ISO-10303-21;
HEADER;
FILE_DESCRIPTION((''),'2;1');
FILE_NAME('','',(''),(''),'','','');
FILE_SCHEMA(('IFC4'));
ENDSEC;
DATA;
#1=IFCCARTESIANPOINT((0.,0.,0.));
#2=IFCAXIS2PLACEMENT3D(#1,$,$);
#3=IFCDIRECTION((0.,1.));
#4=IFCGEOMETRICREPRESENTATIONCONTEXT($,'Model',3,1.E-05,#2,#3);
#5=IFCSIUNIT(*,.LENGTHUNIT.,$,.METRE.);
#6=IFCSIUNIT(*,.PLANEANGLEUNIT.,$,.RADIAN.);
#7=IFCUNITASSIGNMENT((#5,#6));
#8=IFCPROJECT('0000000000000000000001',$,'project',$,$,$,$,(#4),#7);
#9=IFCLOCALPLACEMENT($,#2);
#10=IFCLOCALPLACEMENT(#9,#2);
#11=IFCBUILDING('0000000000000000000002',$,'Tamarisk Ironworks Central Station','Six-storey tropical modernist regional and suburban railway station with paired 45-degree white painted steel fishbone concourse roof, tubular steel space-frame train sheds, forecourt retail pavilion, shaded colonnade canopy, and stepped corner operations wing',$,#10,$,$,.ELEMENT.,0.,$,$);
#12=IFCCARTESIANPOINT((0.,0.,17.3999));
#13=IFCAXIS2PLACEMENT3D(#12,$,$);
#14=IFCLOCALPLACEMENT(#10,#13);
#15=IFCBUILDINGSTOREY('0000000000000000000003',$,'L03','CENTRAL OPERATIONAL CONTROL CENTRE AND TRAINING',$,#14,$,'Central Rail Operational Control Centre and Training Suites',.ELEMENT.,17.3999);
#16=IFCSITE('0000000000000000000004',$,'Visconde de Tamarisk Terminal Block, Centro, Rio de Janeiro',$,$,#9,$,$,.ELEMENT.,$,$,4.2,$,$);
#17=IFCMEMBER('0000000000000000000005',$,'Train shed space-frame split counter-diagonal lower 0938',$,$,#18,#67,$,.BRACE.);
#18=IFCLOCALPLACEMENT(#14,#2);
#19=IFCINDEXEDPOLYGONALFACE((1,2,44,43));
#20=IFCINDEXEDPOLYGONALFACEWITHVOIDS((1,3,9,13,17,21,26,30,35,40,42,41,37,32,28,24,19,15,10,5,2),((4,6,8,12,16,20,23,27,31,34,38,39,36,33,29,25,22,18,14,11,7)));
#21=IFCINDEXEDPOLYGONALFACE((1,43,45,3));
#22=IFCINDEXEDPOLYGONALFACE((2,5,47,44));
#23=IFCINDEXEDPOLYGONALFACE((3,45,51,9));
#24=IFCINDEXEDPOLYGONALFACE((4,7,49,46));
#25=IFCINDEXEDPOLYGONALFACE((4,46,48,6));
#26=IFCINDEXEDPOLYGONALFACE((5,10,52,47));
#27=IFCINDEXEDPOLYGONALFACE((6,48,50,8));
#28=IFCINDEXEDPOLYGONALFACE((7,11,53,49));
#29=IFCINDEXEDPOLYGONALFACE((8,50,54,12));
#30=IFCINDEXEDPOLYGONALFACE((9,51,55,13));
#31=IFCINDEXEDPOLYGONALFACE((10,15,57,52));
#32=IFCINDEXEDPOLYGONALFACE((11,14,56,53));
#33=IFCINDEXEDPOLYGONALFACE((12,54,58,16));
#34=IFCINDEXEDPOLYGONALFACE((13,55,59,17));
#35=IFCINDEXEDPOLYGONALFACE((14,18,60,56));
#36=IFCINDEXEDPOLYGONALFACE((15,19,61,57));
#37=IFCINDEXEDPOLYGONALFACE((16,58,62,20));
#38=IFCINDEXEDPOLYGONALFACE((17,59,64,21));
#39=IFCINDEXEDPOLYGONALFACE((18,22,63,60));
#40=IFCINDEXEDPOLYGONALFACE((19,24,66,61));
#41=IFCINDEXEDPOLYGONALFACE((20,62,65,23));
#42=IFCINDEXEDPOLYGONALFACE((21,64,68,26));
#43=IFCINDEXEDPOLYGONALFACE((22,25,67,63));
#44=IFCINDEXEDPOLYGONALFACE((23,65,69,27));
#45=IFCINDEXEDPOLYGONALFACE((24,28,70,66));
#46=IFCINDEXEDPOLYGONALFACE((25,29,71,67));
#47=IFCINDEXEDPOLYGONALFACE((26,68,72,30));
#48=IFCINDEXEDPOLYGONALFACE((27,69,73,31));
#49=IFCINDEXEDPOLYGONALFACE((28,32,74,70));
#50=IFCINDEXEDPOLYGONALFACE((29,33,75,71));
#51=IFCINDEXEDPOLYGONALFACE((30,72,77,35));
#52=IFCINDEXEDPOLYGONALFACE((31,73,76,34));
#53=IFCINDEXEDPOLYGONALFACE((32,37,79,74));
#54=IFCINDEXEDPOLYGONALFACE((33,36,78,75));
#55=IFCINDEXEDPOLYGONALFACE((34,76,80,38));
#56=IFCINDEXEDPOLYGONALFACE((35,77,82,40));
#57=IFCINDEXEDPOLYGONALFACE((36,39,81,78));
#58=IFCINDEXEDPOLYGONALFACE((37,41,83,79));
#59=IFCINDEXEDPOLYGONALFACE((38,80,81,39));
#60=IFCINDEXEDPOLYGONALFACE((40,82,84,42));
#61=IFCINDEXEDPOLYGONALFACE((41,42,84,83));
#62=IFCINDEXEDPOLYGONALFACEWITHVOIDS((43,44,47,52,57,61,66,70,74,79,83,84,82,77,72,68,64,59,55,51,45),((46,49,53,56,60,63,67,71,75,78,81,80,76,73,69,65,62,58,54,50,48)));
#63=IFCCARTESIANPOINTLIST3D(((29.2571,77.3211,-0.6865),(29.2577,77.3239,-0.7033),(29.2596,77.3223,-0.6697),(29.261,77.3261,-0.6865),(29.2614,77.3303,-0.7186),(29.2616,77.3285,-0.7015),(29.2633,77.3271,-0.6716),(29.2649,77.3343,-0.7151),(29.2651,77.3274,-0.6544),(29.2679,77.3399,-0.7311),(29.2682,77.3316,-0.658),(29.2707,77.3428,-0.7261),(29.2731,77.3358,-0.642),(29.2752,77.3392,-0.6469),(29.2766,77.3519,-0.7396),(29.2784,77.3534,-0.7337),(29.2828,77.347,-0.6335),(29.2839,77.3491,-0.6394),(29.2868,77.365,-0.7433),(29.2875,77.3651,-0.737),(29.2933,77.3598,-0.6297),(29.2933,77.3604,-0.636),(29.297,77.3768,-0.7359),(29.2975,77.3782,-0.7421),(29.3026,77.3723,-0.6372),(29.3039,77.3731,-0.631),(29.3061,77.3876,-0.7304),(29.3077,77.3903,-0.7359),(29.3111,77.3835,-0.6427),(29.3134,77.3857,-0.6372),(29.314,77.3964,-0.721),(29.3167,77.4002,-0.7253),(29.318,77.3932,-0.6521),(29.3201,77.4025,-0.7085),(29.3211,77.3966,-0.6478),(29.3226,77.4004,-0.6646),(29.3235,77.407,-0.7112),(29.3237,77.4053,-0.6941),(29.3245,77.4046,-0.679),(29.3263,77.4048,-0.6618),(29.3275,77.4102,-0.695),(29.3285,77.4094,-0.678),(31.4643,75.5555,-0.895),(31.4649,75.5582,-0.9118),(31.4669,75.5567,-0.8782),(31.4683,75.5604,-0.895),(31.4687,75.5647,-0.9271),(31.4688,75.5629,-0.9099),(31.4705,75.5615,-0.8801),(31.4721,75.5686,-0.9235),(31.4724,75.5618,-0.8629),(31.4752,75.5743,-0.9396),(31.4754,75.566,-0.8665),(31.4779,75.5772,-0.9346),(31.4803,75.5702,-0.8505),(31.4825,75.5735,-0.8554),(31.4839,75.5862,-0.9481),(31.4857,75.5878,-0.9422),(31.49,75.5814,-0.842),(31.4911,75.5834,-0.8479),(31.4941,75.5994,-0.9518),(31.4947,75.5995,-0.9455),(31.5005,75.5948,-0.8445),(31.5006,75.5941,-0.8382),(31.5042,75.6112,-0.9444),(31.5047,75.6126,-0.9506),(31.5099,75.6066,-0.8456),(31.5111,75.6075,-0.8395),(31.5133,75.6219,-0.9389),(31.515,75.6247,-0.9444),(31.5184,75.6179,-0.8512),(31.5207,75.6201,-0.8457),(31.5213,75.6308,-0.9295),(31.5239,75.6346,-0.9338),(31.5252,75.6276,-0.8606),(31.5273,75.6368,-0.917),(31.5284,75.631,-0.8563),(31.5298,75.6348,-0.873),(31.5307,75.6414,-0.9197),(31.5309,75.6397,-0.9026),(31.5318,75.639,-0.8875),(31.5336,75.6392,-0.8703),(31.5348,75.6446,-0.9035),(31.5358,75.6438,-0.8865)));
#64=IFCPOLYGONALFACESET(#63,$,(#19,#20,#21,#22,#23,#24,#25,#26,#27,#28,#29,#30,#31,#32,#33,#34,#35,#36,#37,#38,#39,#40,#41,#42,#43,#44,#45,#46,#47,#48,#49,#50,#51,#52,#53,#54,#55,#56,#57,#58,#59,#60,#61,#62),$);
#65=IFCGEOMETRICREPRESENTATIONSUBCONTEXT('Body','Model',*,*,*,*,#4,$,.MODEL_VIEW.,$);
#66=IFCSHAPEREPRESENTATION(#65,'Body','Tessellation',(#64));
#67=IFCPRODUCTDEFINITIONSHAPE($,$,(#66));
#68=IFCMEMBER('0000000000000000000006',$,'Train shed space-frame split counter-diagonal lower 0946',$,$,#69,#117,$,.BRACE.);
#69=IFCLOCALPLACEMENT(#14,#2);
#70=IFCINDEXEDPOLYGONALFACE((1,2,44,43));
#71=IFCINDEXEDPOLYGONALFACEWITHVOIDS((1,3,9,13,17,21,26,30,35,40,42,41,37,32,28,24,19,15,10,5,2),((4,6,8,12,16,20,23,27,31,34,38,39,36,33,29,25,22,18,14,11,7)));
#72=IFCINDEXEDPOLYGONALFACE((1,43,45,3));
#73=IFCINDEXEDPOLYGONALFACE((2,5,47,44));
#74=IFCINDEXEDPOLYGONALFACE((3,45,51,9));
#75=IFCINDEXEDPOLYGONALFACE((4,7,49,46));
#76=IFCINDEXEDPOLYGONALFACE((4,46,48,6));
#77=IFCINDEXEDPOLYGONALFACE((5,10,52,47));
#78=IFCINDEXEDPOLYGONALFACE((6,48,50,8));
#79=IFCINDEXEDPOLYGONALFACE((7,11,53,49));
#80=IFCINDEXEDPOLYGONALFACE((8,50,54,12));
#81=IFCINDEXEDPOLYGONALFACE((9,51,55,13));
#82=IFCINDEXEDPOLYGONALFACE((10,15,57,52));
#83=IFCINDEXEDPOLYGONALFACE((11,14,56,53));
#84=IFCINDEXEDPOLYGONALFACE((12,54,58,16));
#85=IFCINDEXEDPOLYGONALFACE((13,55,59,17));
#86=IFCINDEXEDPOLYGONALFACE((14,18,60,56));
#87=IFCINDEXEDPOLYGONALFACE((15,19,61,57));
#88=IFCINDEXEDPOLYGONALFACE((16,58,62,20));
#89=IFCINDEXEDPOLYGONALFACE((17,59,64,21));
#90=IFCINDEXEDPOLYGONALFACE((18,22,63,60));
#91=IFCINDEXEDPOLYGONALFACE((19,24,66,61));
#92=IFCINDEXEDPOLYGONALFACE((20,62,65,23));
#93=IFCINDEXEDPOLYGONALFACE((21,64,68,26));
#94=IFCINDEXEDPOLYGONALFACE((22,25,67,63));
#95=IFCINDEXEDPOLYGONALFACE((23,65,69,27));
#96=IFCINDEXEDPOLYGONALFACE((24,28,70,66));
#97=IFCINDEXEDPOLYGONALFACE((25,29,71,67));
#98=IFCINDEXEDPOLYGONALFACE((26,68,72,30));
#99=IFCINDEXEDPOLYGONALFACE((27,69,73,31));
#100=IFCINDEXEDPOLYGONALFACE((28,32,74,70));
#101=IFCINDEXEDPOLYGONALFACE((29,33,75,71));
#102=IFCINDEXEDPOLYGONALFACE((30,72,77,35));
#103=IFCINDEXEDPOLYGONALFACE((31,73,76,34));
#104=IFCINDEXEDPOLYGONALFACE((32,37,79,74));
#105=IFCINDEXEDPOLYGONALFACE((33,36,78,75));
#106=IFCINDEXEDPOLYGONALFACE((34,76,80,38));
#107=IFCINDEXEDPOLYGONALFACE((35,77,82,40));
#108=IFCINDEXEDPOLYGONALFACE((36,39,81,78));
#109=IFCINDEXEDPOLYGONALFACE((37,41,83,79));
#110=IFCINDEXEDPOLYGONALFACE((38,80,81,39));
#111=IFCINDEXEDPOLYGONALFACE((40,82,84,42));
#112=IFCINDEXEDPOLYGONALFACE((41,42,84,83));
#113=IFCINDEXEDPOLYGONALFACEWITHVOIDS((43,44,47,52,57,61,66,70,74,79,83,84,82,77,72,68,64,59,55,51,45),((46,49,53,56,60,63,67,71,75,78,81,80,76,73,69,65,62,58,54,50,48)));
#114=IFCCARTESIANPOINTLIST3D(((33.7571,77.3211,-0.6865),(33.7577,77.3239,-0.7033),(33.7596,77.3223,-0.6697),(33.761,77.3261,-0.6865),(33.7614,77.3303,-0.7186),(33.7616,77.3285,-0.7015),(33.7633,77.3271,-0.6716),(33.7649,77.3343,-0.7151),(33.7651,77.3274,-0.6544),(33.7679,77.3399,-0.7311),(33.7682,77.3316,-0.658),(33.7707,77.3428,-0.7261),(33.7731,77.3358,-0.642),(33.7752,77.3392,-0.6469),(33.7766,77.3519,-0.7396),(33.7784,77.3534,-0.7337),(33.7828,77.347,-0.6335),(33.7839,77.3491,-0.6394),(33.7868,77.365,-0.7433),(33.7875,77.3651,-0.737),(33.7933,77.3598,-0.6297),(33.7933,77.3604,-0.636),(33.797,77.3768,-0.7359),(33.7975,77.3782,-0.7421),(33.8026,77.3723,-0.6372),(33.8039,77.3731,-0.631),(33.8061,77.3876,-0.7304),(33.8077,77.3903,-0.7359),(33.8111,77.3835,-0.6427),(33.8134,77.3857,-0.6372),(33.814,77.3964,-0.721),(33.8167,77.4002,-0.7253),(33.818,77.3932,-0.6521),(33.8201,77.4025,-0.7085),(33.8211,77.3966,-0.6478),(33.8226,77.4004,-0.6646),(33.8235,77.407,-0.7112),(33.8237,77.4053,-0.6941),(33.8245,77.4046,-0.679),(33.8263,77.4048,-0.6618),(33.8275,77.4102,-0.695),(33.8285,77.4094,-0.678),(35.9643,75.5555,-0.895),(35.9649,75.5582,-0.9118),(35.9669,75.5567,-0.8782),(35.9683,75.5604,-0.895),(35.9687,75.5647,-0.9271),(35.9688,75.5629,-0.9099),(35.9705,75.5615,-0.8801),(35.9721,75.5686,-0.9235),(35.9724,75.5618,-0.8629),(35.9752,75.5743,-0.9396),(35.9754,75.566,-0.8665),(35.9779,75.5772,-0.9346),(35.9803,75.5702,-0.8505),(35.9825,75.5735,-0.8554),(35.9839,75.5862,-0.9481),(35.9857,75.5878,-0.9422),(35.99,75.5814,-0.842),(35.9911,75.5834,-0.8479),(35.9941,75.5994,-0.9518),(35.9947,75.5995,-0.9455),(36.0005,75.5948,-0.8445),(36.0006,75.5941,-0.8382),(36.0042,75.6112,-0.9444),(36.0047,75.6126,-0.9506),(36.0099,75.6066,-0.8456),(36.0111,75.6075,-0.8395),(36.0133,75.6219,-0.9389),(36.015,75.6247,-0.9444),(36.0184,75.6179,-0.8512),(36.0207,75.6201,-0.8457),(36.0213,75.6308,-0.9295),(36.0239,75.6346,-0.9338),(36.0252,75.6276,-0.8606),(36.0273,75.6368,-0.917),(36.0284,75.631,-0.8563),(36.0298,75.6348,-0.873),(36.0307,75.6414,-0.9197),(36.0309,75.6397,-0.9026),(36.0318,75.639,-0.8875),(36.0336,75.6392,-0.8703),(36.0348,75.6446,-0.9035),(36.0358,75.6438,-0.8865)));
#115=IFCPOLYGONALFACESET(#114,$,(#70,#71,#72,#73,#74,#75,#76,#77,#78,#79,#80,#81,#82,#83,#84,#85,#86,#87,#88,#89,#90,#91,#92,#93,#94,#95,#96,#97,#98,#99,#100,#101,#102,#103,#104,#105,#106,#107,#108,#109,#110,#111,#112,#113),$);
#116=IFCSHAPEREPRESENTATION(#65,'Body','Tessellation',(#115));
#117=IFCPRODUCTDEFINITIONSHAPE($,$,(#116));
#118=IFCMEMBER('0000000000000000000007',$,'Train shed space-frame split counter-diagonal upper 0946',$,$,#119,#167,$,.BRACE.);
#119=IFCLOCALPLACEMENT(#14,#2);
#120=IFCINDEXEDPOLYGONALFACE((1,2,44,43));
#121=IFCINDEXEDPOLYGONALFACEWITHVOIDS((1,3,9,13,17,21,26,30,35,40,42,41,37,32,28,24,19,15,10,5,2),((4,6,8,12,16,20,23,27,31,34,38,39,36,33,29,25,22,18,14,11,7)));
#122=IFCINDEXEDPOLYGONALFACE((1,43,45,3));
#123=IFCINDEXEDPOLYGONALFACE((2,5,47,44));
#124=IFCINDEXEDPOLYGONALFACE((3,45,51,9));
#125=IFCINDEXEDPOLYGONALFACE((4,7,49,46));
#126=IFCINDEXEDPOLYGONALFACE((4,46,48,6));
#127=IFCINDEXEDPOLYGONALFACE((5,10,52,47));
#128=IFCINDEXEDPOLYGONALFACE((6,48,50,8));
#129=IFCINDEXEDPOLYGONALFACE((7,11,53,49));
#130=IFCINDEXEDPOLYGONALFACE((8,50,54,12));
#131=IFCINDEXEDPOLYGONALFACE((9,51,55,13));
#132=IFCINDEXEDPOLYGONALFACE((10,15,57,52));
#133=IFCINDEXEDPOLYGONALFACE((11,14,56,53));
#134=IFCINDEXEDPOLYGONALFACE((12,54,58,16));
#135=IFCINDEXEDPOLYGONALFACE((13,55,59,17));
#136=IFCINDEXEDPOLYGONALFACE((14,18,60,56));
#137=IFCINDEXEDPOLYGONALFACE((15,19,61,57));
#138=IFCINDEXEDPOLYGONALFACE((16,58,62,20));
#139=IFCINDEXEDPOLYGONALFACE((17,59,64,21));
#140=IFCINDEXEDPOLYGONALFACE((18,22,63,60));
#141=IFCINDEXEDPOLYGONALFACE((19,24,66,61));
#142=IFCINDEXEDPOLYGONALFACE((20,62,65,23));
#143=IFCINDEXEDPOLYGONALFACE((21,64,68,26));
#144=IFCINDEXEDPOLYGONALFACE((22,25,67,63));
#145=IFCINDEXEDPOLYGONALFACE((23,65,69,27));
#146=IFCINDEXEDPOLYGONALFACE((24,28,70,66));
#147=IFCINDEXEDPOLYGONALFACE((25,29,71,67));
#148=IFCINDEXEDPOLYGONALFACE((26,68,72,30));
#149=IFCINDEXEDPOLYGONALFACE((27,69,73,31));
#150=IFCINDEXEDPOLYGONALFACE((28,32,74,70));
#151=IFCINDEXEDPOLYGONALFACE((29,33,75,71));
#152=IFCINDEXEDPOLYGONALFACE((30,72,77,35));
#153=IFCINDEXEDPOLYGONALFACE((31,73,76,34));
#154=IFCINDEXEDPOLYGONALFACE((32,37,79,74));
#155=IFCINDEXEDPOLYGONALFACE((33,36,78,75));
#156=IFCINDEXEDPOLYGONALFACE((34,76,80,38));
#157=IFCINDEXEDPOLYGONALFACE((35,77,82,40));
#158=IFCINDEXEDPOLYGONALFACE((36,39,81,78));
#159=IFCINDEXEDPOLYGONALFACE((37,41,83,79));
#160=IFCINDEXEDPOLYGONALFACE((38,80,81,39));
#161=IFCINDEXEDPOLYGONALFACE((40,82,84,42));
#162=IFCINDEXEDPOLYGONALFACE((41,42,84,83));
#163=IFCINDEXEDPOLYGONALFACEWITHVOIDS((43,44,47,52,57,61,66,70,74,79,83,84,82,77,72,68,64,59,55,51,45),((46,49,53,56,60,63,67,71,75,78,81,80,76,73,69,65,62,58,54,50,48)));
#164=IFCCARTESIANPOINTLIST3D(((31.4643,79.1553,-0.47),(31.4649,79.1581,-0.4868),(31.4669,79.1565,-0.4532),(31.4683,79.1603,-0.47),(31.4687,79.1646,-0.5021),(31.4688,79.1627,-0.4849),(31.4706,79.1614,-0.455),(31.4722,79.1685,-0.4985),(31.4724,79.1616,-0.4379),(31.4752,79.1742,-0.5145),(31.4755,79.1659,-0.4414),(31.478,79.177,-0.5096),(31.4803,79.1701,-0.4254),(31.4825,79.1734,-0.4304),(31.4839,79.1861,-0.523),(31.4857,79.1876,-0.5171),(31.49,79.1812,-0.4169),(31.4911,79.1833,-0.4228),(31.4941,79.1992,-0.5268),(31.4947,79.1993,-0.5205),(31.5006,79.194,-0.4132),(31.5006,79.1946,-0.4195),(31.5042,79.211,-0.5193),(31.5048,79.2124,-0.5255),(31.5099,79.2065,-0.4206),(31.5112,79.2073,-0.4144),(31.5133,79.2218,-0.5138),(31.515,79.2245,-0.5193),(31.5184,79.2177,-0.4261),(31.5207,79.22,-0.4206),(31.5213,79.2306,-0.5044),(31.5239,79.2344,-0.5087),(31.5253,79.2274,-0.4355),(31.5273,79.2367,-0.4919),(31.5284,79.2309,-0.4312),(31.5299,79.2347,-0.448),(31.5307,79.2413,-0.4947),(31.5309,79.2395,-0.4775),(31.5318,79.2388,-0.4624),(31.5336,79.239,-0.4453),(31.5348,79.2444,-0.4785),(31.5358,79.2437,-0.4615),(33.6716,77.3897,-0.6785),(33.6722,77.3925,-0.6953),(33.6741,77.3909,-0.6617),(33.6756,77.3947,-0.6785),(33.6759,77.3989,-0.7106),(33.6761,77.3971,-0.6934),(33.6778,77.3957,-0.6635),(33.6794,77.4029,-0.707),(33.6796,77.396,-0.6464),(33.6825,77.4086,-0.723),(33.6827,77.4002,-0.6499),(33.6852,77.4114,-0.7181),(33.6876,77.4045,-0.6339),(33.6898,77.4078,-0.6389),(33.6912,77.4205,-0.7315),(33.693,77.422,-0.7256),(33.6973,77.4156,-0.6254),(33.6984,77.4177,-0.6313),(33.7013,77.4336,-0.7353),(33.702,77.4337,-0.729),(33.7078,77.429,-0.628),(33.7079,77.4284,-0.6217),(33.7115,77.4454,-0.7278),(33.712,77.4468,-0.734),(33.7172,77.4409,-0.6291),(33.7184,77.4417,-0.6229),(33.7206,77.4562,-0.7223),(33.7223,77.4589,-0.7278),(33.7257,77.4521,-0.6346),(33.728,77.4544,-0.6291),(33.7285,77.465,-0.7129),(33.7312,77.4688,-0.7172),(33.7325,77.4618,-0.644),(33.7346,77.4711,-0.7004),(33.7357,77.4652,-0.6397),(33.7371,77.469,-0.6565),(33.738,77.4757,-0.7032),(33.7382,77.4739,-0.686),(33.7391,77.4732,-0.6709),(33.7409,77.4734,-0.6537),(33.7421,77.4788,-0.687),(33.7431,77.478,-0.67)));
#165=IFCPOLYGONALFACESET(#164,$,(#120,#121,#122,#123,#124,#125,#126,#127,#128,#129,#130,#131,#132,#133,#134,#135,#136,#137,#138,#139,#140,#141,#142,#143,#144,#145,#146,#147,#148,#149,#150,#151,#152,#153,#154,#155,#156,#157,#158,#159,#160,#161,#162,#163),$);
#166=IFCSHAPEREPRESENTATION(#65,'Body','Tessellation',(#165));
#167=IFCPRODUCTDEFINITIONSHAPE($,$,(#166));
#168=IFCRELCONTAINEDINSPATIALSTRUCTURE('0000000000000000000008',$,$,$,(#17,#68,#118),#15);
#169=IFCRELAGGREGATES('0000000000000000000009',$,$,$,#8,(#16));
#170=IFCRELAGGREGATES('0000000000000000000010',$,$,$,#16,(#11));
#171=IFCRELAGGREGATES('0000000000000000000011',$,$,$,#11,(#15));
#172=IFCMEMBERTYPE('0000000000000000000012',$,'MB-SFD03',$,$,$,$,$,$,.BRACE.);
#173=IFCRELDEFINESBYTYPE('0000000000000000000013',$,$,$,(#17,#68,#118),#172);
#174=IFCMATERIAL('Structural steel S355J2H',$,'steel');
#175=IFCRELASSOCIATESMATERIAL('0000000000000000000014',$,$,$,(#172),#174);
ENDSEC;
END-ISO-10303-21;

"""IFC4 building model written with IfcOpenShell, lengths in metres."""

from ifc_helpers import new_model, si_unit, direction, frame, origin, origin_2d, place, context, subcontext, project, spatial, hollow_circle, extrude, material, material_profile, profile_set, type_object, element, save


model = new_model("IFC4")

# Units and contexts
model_context = context("Model", 3, precision=1e-05, world=origin(), true_north=direction((0.0, 1.0)))
body_context = subcontext(model_context, "Body", "Model", "MODEL_VIEW")
ifc_project = project(units=[si_unit("LENGTHUNIT", "METRE"), si_unit("PLANEANGLEUNIT", "RADIAN")], contexts=[model_context])

# Site, building, storey
site_placement = place(None, origin())
site = spatial("IfcSite", under=ifc_project, at=site_placement, Name="Visconde de Tamarisk Terminal Block, Centro, Rio de Janeiro", CompositionType="ELEMENT", RefElevation=4.2)
building_placement = place(site_placement, origin())
building = spatial("IfcBuilding", under=site, at=building_placement, Name="Tamarisk Ironworks Central Station", Description="Six-storey tropical modernist regional and suburban railway station with paired 45-degree white painted steel fishbone concourse roof, tubular steel space-frame train sheds, forecourt retail pavilion, shaded colonnade canopy, and stepped corner operations wing", CompositionType="ELEMENT", ElevationOfRefHeight=0.0)
storey_placement = place(building_placement, frame((0.0, 0.0, 17.3999)))
storey = spatial("IfcBuildingStorey", under=building, at=storey_placement, Name="L03", Description="CENTRAL OPERATIONAL CONTROL CENTRE AND TRAINING", LongName="Central Rail Operational Control Centre and Training Suites", CompositionType="ELEMENT", Elevation=17.3999)

# Members
ifc_material_1 = material(Name="Structural steel S355J2H", Category="steel")
ifc_material_profile_1 = material_profile(ifc_material_1, hollow_circle(Radius=0.0571, WallThickness=0.0063, at=origin_2d()), Name="CHS 114.3x6.3")
ifc_profile_set_1 = profile_set([ifc_material_profile_1], Name="Structural steel S355J2H")
member_type_1 = type_object("IfcMemberType", Name="MB-SFD03", PredefinedType="BRACE", material=ifc_profile_set_1)
for number, where, z_axis, x_axis, name in (
    (1, (31.5, 75.6001, -0.895), (-0.778787, 0.62296, 0.073563), (-0.624653, -0.780903, 0.0), "Train shed space-frame split counter-diagonal lower 0938"),
    (2, (36.0, 75.6001, -0.895), (-0.778787, 0.62296, 0.073563), (-0.624653, -0.780903, 0.0), "Train shed space-frame split counter-diagonal lower 0946"),
    (3, (33.7073, 77.4343, -0.6785), (-0.778787, 0.62296, 0.073563), (-0.624653, -0.780903, 0.0), "Train shed space-frame split counter-diagonal upper 0946"),
):
    element("IfcMember", number, at=place(storey_placement, frame(where, z_axis=z_axis, x_axis=x_axis)), inside=storey, type_object=member_type_1, Name=name, PredefinedType="BRACE", context=body_context, shape_type="SweptSolid", body=[
        extrude(hollow_circle(Radius=0.0571, WallThickness=0.0063, at=origin_2d()), origin(), (0.0, 0.0, 1.0), 2.8342),
    ])

save(model, "model.ifc")
